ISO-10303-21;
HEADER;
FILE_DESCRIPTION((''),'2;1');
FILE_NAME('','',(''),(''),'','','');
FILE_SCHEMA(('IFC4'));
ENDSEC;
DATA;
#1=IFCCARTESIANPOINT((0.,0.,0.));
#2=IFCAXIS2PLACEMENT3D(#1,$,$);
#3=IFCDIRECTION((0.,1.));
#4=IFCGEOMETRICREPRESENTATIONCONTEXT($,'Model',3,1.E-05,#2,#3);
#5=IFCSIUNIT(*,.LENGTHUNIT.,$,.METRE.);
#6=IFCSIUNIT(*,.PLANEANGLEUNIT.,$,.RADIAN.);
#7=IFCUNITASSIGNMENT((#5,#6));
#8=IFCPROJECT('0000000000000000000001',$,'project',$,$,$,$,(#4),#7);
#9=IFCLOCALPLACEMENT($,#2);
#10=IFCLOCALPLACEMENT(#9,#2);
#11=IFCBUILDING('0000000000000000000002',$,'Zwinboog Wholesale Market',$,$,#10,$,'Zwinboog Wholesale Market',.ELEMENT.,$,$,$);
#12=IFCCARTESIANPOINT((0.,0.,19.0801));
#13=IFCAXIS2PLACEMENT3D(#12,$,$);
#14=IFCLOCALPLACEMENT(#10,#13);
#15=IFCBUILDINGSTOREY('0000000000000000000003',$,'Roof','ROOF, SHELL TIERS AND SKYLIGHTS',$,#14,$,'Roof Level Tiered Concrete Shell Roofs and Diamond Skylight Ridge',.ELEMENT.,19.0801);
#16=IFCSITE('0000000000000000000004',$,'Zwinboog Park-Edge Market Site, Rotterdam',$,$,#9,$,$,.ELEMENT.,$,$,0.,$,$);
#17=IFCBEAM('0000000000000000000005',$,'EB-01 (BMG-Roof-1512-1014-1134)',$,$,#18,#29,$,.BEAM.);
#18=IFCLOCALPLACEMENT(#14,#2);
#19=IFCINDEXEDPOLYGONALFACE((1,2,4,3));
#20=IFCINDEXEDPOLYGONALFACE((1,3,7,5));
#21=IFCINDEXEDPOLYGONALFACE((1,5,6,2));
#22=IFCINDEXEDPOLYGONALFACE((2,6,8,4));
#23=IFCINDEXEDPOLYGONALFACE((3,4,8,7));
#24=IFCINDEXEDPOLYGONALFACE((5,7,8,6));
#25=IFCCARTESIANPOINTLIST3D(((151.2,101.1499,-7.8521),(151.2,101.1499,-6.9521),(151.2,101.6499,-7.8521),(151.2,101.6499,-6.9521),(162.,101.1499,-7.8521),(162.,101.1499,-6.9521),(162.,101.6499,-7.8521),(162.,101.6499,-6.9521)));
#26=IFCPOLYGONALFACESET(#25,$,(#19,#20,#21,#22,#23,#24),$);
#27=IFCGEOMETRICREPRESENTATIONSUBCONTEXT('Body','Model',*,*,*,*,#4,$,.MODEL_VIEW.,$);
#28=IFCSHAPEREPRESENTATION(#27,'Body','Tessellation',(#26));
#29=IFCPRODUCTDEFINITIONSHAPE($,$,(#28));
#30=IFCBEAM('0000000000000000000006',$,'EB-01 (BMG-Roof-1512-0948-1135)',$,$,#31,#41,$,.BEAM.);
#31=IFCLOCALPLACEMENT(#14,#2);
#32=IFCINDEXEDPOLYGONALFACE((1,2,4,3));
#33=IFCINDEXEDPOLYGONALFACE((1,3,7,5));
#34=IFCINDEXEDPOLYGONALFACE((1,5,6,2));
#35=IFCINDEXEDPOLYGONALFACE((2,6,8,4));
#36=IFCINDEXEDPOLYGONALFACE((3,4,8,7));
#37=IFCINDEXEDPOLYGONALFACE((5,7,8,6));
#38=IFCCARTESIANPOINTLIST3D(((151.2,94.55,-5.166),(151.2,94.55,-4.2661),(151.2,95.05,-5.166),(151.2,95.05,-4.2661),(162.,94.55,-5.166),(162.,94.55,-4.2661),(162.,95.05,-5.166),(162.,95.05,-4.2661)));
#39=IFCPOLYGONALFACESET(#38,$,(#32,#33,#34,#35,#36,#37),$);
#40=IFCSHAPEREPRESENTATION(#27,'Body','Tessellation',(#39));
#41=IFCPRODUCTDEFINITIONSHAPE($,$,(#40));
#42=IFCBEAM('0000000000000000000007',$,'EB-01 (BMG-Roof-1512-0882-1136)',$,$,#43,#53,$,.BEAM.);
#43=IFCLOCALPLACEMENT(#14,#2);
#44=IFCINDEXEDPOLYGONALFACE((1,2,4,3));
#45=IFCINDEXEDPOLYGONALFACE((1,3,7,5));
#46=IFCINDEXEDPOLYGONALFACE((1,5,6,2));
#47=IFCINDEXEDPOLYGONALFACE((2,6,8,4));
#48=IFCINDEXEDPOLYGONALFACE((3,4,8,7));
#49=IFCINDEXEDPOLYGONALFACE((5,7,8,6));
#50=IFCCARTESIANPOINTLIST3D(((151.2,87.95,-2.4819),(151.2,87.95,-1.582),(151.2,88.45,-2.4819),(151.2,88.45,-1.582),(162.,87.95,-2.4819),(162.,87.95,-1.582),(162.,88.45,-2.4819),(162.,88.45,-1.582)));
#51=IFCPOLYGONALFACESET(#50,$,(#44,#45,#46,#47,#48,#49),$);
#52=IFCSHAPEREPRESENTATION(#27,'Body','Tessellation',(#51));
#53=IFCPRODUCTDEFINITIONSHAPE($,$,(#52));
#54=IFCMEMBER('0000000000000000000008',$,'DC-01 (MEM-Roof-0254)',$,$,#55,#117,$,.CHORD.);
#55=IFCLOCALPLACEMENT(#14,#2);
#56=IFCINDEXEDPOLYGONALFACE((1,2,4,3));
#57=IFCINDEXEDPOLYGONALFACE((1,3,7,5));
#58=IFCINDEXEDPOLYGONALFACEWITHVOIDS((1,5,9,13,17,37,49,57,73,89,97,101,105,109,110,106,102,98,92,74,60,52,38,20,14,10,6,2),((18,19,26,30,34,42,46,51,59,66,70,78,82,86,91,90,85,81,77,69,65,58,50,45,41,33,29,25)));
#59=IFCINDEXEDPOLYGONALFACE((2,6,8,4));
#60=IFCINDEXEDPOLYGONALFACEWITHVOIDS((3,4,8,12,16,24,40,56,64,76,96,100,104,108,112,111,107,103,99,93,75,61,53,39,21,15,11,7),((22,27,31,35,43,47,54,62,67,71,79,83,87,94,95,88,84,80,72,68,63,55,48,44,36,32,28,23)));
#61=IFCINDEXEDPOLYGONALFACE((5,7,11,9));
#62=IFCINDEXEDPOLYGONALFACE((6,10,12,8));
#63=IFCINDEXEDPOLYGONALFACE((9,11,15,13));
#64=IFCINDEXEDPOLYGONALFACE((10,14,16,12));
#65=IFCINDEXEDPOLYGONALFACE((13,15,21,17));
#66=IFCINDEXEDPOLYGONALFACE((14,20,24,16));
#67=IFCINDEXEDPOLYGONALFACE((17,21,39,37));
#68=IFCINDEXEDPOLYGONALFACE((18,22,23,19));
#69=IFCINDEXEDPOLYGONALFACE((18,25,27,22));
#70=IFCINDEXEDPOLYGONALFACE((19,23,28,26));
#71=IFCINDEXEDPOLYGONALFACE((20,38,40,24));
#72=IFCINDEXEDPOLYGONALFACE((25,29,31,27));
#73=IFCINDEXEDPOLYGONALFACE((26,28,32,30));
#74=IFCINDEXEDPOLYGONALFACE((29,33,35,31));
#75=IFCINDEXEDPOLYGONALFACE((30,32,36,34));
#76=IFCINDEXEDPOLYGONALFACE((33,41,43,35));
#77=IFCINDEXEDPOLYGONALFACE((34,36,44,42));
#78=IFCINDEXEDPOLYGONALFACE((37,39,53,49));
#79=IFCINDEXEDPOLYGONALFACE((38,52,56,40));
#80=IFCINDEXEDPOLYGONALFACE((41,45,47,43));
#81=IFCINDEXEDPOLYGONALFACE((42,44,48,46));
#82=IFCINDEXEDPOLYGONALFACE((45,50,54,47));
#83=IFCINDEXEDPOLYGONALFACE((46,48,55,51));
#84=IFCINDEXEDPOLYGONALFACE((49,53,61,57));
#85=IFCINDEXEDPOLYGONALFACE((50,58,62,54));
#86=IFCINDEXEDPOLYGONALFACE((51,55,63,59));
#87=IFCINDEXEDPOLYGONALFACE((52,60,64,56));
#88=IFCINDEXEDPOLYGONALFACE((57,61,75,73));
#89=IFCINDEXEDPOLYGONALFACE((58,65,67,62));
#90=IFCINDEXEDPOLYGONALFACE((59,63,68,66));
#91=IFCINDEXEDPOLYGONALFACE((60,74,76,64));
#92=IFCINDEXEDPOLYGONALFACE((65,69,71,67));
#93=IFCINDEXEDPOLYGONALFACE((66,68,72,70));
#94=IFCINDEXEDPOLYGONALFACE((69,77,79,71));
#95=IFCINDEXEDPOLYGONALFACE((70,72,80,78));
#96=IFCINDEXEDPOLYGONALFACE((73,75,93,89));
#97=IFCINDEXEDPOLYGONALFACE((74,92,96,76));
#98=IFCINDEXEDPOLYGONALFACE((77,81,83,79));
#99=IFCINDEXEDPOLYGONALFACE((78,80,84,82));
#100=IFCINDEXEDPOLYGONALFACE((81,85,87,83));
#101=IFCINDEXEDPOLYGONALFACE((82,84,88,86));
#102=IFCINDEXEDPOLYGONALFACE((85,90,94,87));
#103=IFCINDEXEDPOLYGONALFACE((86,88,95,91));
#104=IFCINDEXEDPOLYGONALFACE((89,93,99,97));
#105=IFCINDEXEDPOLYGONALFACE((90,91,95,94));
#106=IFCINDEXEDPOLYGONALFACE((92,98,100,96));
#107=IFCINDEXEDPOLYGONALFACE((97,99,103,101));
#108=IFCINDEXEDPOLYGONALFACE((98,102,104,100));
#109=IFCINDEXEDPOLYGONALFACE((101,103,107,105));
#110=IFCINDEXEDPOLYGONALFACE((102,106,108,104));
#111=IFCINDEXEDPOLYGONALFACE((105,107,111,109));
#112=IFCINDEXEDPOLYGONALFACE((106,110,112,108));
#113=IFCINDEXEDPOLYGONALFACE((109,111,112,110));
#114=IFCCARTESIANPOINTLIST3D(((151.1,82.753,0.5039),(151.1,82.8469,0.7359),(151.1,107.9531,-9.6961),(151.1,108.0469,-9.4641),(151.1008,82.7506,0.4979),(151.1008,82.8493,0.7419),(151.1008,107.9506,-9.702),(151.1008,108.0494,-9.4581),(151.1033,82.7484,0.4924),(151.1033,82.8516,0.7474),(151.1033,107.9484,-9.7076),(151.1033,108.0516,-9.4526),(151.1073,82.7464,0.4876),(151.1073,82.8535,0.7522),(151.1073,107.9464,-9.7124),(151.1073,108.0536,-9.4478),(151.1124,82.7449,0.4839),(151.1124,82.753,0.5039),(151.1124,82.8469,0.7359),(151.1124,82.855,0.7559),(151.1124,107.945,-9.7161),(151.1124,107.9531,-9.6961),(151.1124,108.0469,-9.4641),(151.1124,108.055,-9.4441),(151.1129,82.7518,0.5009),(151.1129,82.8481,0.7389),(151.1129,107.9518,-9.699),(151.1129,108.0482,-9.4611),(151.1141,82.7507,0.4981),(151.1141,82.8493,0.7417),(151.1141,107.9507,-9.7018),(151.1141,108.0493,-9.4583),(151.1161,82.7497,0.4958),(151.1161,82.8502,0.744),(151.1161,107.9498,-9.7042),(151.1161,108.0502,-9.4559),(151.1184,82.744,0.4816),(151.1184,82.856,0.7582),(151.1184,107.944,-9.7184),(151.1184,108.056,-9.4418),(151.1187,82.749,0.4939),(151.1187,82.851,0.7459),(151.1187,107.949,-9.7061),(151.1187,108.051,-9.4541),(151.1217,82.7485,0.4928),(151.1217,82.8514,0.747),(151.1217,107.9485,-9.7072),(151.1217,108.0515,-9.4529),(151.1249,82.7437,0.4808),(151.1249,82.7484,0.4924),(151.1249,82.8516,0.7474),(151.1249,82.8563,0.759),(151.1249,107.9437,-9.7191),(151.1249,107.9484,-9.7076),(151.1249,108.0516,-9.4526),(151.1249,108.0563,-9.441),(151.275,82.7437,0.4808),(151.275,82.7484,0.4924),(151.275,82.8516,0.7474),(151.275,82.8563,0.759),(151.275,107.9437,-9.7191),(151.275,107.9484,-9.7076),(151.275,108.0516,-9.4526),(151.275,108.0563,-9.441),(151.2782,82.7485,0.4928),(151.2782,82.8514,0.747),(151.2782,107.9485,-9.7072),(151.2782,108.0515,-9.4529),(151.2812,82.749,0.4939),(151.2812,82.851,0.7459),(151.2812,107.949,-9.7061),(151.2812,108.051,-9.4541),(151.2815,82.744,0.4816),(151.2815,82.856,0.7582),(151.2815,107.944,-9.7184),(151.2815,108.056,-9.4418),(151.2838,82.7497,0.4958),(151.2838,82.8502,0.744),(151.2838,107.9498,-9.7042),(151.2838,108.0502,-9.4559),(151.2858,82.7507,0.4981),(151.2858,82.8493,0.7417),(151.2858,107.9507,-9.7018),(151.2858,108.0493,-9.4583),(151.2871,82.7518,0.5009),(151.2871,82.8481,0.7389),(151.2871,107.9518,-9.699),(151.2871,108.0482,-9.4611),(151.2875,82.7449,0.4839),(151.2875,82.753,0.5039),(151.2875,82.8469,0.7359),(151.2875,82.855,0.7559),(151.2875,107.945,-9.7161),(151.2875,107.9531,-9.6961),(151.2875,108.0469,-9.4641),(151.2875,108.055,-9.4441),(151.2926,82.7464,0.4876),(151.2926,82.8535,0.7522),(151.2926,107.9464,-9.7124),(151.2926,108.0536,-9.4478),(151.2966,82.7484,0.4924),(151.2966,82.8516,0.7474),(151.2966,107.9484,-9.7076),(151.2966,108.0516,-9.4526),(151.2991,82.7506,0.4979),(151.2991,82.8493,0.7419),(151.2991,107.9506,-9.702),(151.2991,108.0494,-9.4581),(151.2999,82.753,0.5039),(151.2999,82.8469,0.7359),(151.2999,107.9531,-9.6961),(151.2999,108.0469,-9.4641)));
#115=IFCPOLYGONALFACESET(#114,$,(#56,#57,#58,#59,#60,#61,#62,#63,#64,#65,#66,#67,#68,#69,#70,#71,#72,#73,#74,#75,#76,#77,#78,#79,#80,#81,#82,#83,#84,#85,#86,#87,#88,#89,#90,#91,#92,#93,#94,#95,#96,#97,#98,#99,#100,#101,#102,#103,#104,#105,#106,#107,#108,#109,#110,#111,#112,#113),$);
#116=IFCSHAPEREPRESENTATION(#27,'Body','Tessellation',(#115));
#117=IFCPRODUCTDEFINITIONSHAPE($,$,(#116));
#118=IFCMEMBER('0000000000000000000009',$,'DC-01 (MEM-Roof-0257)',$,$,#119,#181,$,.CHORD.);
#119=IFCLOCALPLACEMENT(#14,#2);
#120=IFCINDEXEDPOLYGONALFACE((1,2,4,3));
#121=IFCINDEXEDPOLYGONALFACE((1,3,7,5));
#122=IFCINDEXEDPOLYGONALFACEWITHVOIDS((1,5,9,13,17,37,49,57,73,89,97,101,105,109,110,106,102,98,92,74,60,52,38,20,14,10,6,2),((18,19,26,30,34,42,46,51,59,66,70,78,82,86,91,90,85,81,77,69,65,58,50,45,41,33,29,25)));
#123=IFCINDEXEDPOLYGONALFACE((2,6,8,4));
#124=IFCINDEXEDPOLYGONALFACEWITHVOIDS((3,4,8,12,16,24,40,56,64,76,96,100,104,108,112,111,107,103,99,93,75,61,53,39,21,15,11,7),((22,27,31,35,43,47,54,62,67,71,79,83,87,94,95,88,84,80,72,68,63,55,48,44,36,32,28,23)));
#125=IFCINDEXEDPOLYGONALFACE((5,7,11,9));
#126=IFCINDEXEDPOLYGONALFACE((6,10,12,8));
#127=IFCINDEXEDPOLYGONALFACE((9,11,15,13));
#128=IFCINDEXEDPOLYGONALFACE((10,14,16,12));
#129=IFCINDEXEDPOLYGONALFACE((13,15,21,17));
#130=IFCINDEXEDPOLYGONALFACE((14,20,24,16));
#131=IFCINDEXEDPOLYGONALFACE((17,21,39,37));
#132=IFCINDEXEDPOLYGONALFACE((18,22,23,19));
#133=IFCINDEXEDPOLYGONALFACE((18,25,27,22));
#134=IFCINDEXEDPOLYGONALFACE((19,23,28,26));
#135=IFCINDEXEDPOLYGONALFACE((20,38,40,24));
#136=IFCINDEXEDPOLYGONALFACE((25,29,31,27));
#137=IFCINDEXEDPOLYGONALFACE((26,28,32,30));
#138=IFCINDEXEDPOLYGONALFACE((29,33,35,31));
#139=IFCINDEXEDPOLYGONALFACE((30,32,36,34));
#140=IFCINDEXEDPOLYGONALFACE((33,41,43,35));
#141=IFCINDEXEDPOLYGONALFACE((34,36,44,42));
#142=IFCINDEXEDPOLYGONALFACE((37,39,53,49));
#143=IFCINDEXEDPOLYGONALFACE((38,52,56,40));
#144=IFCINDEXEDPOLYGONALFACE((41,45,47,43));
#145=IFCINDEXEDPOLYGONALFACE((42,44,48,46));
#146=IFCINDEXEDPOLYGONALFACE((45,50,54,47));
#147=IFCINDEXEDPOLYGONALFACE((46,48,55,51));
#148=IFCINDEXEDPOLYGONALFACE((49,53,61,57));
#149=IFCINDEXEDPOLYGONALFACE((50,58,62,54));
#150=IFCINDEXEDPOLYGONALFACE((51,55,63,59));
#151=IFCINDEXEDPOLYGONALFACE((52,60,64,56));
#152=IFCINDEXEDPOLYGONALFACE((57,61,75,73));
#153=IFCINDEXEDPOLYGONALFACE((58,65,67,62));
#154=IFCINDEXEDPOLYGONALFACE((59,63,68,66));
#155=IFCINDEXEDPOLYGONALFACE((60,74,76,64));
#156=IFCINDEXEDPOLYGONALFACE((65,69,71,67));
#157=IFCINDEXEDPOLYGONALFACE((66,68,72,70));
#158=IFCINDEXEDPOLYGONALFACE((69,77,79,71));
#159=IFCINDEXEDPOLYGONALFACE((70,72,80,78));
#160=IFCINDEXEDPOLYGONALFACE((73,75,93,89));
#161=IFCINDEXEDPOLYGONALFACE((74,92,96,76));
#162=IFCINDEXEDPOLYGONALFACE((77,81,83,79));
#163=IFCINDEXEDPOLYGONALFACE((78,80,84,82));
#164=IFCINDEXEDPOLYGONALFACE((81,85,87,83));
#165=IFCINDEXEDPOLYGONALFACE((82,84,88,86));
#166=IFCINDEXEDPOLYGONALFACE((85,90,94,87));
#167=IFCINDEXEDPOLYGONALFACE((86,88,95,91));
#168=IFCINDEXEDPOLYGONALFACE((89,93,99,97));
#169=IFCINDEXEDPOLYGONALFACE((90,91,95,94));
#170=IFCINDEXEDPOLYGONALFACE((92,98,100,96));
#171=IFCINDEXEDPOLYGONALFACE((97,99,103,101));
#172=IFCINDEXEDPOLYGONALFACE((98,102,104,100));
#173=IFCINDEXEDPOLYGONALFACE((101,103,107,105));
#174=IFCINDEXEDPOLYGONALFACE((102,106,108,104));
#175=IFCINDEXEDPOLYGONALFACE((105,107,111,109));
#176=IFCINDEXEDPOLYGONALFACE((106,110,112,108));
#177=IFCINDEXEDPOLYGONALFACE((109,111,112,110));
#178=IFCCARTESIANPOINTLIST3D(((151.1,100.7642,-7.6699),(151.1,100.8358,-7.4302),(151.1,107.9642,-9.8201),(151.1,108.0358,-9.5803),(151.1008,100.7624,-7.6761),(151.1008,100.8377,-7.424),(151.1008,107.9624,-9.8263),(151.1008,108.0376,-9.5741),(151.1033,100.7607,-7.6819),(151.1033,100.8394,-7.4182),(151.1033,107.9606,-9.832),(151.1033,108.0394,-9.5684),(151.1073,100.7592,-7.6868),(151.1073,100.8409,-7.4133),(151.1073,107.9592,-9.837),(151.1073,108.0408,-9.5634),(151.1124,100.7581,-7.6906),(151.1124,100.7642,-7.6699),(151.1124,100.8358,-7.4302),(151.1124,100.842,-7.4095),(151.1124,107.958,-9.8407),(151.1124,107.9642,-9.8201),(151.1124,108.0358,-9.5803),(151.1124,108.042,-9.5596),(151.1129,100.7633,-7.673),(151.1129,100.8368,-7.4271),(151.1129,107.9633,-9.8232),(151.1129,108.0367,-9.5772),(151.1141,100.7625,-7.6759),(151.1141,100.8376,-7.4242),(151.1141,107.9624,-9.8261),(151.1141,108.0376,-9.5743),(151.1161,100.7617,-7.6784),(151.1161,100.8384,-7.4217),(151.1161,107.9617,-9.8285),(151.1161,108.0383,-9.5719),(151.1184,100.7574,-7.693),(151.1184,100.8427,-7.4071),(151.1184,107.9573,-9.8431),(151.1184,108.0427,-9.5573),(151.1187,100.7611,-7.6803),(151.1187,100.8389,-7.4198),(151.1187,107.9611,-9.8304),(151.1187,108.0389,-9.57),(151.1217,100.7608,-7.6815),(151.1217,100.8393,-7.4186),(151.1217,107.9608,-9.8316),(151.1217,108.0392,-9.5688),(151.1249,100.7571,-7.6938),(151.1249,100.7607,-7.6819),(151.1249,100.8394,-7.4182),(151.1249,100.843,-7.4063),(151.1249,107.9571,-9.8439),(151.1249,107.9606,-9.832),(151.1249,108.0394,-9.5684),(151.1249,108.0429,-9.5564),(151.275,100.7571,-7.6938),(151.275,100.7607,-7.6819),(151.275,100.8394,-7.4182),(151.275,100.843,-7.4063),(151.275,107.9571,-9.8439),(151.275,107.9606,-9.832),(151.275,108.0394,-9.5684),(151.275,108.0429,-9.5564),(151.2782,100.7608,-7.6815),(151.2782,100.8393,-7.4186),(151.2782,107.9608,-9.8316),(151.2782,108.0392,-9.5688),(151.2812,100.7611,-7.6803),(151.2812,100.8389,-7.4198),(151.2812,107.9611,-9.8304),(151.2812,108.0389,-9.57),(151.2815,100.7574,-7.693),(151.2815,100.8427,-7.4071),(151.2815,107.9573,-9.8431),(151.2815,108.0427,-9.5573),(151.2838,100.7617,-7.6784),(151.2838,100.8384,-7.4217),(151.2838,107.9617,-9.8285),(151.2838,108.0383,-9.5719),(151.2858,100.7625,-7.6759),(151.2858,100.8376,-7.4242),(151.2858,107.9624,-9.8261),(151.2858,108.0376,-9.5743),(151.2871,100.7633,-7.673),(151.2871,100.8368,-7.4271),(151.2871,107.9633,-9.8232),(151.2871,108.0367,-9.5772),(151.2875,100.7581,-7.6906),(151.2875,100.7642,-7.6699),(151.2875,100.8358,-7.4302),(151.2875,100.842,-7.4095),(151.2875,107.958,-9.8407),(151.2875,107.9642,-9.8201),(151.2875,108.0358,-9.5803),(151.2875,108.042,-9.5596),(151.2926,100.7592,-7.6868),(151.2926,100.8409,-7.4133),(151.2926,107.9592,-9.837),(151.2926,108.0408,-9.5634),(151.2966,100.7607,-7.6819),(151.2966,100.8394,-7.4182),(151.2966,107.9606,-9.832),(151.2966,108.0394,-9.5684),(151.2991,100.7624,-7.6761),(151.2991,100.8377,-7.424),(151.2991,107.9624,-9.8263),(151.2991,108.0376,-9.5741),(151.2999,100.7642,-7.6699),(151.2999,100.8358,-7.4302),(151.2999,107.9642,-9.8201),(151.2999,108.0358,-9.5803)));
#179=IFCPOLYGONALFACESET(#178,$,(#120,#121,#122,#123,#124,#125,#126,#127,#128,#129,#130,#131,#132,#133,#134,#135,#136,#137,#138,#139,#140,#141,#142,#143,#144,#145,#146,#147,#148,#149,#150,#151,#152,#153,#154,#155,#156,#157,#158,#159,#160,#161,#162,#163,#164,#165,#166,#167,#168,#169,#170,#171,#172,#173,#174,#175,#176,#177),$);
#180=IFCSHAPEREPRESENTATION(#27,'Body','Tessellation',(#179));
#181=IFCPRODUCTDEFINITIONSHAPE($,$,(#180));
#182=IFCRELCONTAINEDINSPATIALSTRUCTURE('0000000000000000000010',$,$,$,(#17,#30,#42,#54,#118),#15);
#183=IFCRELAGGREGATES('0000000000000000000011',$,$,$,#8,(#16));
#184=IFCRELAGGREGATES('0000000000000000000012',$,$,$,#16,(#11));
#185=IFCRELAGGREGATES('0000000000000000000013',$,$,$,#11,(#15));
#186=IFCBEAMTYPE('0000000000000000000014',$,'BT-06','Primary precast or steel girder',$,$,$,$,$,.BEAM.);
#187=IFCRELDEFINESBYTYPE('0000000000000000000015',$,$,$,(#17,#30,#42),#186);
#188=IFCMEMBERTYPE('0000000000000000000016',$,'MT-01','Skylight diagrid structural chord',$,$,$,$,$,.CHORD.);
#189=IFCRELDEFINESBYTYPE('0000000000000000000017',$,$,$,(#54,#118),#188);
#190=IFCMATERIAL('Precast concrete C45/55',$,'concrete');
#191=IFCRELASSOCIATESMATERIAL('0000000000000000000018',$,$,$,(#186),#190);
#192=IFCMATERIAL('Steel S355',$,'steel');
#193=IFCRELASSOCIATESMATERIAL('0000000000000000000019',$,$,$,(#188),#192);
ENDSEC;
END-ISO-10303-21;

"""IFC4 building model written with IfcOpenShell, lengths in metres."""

from ifc_helpers import new_model, si_unit, direction, frame, origin, origin_2d, place, context, subcontext, project, spatial, rectangle, hollow_rectangle, extrude, material, material_profile, profile_set, type_object, element, save


model = new_model("IFC4")

# Units and contexts
model_context = context("Model", 3, precision=1e-05, world=origin(), true_north=direction((0.0, 1.0)))
body_context = subcontext(model_context, "Body", "Model", "MODEL_VIEW")
ifc_project = project(units=[si_unit("LENGTHUNIT", "METRE"), si_unit("PLANEANGLEUNIT", "RADIAN")], contexts=[model_context])

# Site, building, storey
site_placement = place(None, origin())
site = spatial("IfcSite", under=ifc_project, at=site_placement, Name="Zwinboog Park-Edge Market Site, Rotterdam", CompositionType="ELEMENT", RefElevation=0.0)
building_placement = place(site_placement, origin())
building = spatial("IfcBuilding", under=site, at=building_placement, Name="Zwinboog Wholesale Market", LongName="Zwinboog Wholesale Market", CompositionType="ELEMENT")
storey_placement = place(building_placement, frame((0.0, 0.0, 19.0801)))
storey = spatial("IfcBuildingStorey", under=building, at=storey_placement, Name="Roof", Description="ROOF, SHELL TIERS AND SKYLIGHTS", LongName="Roof Level Tiered Concrete Shell Roofs and Diamond Skylight Ridge", CompositionType="ELEMENT", Elevation=19.0801)

# Beams
ifc_material_1 = material(Name="Precast concrete C45/55", Category="concrete")
ifc_material_profile_1 = material_profile(ifc_material_1, rectangle(XDim=0.5, YDim=0.8999, at=origin_2d()), Name="PC 500x900")
ifc_profile_set_1 = profile_set([ifc_material_profile_1], Name="Precast concrete C45/55")
beam_type = type_object("IfcBeamType", Name="BT-06", Description="Primary precast or steel girder", PredefinedType="BEAM", material=ifc_profile_set_1)
for number, where, z_axis, x_axis, name in (
    (1, (151.2, 101.3999, -7.4021), (1.0, 0.0, 0.0), (0.0, 1.0, 0.0), "EB-01 (BMG-Roof-1512-1014-1134)"),
    (2, (151.2, 94.8, -4.7161), (1.0, 0.0, 0.0), (0.0, 1.0, 0.0), "EB-01 (BMG-Roof-1512-0948-1135)"),
    (3, (151.2, 88.2, -2.032), (1.0, 0.0, 0.0), (0.0, 1.0, 0.0), "EB-01 (BMG-Roof-1512-0882-1136)"),
):
    element("IfcBeam", number, at=place(storey_placement, frame(where, z_axis=z_axis, x_axis=x_axis)), inside=storey, type_object=beam_type, Name=name, PredefinedType="BEAM", context=body_context, shape_type="SweptSolid", body=[
        extrude(rectangle(XDim=0.5, YDim=0.8999, at=origin_2d()), origin(), (0.0, 0.0, 1.0), 10.8),
    ])

# Members
ifc_material_2 = material(Name="Steel S355", Category="steel")
ifc_material_profile_2 = material_profile(ifc_material_2, hollow_rectangle(XDim=0.2, YDim=0.3, WallThickness=0.0125, InnerFilletRadius=0.0125, OuterFilletRadius=0.0249, at=origin_2d()), Name="RHS 300x200x12.5")
ifc_profile_set_2 = profile_set([ifc_material_profile_2], Name="Steel S355")
member_type_1 = type_object("IfcMemberType", Name="MT-01", Description="Skylight diagrid structural chord", PredefinedType="CHORD", material=ifc_profile_set_2)
member_1_placement = place(storey_placement, frame((151.2, 108.0, -9.5801), z_axis=(0.0, -0.926947, 0.375192), x_axis=(1.0, 0.0, 0.0)))
element("IfcMember", 4, at=member_1_placement, inside=storey, type_object=member_type_1, Name="DC-01 (MEM-Roof-0254)", PredefinedType="CHORD", context=body_context, shape_type="SweptSolid", body=[
    extrude(hollow_rectangle(XDim=0.2, YDim=0.3, WallThickness=0.0125, InnerFilletRadius=0.0125, OuterFilletRadius=0.0249, at=origin_2d()), origin(), (0.0, 0.0, 1.0), 27.186),
])
for number, where, z_axis, x_axis, name in (
    (5, (151.2, 108.0, -9.7002), (0.0, -0.958186, 0.286146), (1.0, 0.0, 0.0), "DC-01 (MEM-Roof-0257)"),
):
    element("IfcMember", number, at=place(storey_placement, frame(where, z_axis=z_axis, x_axis=x_axis)), inside=storey, type_object=member_type_1, Name=name, PredefinedType="CHORD", context=body_context, shape_type="SweptSolid", body=[
        extrude(hollow_rectangle(XDim=0.2, YDim=0.3, WallThickness=0.0125, InnerFilletRadius=0.0125, OuterFilletRadius=0.0249, at=origin_2d()), origin(), (0.0, 0.0, 1.0), 7.5142),
    ])

save(model, "model.ifc")
